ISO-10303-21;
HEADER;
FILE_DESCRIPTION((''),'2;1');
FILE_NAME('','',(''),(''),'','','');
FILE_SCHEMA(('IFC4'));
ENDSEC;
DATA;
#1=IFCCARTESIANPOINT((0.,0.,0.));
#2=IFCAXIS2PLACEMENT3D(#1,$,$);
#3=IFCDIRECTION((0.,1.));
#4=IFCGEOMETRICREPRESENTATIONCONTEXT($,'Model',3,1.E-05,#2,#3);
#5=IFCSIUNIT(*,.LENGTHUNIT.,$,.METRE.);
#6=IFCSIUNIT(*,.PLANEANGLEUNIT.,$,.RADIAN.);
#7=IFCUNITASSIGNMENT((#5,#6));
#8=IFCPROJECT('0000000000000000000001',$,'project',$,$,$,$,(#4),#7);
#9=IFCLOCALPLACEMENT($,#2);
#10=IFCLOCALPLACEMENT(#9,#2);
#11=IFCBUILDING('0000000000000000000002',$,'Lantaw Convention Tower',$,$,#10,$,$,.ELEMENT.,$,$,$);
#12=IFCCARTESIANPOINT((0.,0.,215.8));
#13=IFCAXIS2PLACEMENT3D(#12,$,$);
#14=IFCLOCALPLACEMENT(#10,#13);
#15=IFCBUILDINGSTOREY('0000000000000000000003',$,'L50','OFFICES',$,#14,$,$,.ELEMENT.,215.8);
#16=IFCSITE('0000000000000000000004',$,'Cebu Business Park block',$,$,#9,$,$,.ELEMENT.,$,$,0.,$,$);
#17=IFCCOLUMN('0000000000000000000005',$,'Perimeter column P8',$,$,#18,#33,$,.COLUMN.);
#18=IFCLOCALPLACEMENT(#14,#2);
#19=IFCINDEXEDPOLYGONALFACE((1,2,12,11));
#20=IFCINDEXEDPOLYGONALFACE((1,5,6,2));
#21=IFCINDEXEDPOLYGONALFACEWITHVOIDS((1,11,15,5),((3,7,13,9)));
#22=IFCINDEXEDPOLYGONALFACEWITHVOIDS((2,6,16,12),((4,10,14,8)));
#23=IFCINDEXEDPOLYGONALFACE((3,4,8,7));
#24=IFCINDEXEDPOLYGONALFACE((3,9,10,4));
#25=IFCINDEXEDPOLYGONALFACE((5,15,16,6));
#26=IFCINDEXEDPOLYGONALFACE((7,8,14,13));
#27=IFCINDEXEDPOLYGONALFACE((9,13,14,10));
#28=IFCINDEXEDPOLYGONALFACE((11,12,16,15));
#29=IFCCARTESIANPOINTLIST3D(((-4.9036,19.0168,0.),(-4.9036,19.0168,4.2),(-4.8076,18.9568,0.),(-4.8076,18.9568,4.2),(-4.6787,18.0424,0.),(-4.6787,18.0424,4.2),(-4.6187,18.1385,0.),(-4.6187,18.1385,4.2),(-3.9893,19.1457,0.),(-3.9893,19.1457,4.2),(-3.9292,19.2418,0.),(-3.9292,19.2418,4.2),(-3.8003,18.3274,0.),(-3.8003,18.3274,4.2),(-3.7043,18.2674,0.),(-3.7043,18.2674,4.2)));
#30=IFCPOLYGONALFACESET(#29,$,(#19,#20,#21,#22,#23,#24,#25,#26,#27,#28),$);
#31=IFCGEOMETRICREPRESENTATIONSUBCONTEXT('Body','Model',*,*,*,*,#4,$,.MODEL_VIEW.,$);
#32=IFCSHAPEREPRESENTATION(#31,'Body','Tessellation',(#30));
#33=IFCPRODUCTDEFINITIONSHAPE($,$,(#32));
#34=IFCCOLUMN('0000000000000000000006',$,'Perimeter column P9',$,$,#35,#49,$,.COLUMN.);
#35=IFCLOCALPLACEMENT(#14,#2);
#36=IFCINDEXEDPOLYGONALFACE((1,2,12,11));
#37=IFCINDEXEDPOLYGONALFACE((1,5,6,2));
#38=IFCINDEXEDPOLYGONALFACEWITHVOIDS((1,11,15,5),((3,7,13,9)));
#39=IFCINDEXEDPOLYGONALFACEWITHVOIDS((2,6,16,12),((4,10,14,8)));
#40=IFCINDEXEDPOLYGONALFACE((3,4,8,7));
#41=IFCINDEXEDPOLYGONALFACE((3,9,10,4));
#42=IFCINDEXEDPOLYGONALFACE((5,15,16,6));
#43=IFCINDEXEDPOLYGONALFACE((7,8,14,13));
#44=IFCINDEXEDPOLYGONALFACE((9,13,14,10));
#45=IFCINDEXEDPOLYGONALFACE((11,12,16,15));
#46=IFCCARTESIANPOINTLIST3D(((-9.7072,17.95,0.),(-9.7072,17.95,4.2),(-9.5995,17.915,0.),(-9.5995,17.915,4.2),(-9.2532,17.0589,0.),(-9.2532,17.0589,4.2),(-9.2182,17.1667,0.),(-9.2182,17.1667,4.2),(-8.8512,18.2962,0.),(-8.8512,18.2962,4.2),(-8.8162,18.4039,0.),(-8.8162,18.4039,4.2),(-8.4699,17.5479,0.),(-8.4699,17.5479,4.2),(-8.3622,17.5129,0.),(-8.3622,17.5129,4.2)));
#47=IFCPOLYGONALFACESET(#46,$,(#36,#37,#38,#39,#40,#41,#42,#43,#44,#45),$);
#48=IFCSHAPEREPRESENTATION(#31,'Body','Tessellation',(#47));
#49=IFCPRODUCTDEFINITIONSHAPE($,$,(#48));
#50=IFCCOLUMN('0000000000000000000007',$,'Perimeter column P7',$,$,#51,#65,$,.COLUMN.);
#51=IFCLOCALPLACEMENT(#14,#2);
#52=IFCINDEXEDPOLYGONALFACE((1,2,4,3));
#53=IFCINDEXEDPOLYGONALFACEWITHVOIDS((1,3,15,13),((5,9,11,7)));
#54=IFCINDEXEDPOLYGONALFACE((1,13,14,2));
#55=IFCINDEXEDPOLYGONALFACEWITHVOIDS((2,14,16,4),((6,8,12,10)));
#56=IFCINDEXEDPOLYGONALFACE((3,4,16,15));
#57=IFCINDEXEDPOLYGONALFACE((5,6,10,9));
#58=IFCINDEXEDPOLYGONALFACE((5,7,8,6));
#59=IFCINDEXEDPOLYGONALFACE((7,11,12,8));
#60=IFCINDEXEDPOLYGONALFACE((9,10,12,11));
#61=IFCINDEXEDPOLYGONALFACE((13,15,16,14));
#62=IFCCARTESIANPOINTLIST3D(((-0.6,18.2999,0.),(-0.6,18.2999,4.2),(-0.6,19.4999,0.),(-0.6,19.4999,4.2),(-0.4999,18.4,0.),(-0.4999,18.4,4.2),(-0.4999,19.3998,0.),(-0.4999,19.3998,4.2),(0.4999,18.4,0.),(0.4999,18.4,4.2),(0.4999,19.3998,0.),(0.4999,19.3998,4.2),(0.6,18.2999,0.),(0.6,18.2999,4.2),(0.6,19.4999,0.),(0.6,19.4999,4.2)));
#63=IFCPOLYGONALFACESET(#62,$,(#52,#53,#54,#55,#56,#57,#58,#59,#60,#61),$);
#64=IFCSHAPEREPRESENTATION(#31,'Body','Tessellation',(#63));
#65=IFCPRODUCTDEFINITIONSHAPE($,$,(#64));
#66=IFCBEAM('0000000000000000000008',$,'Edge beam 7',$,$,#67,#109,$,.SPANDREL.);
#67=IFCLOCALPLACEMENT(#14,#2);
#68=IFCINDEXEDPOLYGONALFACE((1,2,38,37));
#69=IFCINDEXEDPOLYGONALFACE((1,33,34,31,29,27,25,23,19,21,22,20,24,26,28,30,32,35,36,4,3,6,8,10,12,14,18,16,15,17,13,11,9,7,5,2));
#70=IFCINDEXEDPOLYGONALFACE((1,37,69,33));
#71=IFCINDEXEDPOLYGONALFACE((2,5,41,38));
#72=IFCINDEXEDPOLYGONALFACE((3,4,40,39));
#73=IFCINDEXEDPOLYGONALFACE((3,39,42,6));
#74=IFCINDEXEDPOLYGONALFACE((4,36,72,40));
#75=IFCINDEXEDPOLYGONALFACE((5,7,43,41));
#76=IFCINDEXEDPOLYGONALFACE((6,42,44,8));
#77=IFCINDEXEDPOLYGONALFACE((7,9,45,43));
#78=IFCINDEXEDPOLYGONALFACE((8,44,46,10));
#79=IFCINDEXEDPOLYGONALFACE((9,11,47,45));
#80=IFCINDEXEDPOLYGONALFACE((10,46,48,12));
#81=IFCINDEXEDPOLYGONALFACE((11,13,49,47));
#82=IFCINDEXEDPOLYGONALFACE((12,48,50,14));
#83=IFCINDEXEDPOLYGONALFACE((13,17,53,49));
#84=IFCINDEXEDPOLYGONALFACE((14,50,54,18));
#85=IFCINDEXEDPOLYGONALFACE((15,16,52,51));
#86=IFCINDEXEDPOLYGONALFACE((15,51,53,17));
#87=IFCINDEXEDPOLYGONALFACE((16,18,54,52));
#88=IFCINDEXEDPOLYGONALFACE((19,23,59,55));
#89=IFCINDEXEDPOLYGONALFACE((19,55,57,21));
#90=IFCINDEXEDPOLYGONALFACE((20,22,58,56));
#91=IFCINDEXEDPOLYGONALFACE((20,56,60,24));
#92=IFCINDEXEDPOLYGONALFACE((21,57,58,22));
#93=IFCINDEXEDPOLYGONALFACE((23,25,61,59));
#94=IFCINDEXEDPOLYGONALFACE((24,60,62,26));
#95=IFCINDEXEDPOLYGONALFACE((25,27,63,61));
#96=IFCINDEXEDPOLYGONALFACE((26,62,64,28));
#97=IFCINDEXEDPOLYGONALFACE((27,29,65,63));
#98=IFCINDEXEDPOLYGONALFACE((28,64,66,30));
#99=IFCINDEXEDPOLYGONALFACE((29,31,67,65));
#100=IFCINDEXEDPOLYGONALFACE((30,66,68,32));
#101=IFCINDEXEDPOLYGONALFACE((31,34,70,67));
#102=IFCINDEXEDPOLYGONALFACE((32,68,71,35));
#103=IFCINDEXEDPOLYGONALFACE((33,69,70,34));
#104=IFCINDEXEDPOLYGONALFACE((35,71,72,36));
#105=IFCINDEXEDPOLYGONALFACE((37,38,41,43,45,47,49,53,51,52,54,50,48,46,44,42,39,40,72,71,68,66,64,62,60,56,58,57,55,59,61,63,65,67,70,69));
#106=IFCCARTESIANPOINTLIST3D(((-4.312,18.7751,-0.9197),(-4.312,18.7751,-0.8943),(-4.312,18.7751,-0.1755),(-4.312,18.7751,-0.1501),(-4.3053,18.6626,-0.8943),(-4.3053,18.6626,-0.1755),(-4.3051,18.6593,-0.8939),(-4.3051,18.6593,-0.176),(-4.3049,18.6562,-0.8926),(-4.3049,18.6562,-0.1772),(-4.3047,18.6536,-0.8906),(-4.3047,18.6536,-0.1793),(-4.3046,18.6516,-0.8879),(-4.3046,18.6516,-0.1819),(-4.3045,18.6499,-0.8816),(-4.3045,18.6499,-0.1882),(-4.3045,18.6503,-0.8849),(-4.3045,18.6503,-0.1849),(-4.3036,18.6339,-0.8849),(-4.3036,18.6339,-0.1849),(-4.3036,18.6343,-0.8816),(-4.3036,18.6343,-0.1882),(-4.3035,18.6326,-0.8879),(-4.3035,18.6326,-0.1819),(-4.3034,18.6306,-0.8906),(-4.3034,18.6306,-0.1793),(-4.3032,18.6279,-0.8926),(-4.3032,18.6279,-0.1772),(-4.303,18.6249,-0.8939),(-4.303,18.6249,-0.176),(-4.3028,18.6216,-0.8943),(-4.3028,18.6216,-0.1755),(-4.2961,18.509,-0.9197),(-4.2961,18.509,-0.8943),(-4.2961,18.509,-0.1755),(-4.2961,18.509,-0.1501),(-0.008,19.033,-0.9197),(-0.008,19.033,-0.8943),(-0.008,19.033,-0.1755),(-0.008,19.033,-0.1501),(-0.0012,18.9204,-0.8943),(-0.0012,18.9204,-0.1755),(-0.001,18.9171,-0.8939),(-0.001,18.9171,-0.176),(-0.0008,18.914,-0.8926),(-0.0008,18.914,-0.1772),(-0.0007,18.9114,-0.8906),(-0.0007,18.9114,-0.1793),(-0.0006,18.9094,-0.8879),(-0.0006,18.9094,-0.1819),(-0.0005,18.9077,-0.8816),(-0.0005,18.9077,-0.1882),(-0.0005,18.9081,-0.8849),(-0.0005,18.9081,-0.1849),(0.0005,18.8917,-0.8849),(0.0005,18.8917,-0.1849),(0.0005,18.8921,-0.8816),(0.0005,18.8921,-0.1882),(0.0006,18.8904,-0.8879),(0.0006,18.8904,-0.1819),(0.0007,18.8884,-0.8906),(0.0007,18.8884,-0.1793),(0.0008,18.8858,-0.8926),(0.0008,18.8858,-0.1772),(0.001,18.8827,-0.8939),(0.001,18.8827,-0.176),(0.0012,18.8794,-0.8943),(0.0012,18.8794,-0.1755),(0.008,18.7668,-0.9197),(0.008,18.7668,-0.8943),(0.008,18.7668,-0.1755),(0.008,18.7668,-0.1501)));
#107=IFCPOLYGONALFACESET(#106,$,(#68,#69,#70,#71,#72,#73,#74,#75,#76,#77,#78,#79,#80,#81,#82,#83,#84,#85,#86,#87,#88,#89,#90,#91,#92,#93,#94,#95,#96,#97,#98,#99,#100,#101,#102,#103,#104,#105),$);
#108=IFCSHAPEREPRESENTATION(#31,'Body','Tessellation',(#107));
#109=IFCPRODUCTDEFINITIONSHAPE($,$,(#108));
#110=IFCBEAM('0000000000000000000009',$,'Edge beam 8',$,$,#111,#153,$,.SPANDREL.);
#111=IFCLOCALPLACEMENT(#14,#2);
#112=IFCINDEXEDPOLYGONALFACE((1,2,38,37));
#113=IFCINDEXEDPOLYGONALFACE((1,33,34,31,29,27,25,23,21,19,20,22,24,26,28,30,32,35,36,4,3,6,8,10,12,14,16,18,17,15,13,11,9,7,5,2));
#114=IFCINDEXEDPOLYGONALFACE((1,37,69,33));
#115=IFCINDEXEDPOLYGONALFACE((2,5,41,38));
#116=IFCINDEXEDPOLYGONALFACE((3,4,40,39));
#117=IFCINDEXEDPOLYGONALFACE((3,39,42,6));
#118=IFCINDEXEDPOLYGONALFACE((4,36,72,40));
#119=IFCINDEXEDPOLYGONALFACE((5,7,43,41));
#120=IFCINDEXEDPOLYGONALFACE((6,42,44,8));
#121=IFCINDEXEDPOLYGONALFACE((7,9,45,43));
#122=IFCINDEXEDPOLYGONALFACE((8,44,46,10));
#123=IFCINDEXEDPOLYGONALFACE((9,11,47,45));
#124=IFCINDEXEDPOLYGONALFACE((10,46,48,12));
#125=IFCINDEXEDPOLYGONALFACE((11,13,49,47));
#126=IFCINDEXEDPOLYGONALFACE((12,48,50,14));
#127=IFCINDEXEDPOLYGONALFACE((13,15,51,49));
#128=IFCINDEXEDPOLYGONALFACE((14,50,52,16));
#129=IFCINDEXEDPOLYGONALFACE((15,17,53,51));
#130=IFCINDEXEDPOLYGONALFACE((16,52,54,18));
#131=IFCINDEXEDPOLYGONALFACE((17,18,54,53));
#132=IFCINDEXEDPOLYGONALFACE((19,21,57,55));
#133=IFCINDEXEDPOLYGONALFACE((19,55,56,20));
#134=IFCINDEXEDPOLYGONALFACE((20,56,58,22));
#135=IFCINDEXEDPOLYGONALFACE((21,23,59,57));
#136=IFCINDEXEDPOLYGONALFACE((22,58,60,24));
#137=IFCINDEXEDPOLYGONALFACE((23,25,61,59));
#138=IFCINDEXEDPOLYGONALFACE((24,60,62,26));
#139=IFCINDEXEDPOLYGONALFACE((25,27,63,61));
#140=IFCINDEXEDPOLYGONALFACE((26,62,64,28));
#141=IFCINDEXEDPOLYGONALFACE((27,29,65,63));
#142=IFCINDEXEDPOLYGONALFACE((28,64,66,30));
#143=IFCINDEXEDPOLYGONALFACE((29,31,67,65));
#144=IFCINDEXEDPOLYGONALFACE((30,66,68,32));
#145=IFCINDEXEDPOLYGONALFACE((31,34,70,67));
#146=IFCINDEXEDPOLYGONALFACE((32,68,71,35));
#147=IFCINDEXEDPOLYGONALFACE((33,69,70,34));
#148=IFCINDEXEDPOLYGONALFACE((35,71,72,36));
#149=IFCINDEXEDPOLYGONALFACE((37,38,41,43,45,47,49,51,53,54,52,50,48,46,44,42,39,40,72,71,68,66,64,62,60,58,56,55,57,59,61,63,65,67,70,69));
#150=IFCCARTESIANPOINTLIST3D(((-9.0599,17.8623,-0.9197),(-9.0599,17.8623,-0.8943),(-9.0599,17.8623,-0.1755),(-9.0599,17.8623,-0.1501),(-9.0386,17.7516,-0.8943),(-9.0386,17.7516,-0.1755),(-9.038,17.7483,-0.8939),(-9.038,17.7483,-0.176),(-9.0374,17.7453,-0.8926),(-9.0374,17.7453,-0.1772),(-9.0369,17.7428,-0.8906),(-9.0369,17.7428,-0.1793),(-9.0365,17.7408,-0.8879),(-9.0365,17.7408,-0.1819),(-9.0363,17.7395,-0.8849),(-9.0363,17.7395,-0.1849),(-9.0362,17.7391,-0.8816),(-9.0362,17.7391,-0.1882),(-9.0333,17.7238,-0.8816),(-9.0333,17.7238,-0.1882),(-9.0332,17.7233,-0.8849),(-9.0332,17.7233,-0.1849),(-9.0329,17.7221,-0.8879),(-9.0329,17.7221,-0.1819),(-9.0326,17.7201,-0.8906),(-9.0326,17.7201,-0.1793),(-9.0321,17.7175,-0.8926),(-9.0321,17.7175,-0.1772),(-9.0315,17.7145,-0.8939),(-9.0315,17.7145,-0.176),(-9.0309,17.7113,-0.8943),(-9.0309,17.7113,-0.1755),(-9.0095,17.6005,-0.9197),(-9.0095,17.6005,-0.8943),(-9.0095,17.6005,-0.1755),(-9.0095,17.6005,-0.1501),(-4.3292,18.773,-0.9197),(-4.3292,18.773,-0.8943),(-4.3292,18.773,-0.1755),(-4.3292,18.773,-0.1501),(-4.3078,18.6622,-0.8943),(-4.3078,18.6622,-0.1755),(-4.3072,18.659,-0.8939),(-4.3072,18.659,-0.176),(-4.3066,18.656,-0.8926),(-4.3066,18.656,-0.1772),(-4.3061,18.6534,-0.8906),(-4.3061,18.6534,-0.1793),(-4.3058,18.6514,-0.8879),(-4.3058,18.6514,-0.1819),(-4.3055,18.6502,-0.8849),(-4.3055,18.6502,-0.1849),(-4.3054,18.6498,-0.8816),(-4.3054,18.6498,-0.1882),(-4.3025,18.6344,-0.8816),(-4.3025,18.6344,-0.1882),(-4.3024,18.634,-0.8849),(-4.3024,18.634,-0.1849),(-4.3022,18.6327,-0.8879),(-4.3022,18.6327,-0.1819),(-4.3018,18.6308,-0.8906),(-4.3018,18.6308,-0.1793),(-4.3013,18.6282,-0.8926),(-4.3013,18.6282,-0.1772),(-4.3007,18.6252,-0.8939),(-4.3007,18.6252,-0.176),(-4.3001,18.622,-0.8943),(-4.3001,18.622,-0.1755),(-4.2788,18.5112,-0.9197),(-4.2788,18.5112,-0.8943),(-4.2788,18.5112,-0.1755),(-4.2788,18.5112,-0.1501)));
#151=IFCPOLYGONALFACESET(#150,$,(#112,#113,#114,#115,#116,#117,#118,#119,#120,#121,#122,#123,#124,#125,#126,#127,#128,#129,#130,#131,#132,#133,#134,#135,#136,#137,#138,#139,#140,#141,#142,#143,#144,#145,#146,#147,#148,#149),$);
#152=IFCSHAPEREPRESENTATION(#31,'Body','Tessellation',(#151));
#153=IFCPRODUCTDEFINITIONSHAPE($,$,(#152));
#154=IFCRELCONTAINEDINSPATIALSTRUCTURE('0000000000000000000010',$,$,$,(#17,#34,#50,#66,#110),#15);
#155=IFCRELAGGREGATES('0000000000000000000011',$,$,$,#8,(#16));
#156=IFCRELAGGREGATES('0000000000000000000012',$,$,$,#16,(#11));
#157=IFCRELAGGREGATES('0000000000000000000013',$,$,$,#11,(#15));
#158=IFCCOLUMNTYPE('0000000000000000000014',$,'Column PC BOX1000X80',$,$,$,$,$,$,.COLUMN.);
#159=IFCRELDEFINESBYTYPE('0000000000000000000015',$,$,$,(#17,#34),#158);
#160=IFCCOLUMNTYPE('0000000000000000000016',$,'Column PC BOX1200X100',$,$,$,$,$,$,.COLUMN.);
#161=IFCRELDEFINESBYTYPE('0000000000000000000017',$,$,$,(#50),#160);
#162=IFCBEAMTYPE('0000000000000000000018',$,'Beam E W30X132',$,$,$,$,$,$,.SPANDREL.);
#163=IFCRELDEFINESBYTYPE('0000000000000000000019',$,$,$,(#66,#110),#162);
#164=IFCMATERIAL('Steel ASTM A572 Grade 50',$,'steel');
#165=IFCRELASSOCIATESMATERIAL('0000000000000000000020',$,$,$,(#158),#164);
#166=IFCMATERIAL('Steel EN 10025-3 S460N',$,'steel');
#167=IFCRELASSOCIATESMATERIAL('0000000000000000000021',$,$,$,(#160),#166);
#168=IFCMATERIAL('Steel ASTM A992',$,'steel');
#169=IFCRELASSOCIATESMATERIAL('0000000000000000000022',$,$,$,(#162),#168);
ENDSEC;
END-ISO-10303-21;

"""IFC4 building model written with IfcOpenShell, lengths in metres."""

from ifc_helpers import new_model, si_unit, direction, frame, origin, origin_2d, place, context, subcontext, project, spatial, rectangle, hollow_rectangle, i_section, extrude, material, material_profile, profile_set, type_object, element, save


model = new_model("IFC4")

# Units and contexts
model_context = context("Model", 3, precision=1e-05, world=origin(), true_north=direction((0.0, 1.0)))
body_context = subcontext(model_context, "Body", "Model", "MODEL_VIEW")
ifc_project = project(units=[si_unit("LENGTHUNIT", "METRE"), si_unit("PLANEANGLEUNIT", "RADIAN")], contexts=[model_context])

# Site, building, storey
site_placement = place(None, origin())
site = spatial("IfcSite", under=ifc_project, at=site_placement, Name="Cebu Business Park block", CompositionType="ELEMENT", RefElevation=0.0)
building_placement = place(site_placement, origin())
building = spatial("IfcBuilding", under=site, at=building_placement, Name="Lantaw Convention Tower", CompositionType="ELEMENT")
storey_placement = place(building_placement, frame((0.0, 0.0, 215.8)))
storey = spatial("IfcBuildingStorey", under=building, at=storey_placement, Name="L50", Description="OFFICES", CompositionType="ELEMENT", Elevation=215.8)

# Columns
ifc_material_1 = material(Name="Steel ASTM A572 Grade 50", Category="steel")
ifc_material_profile_1 = material_profile(ifc_material_1, hollow_rectangle(XDim=1.0, YDim=1.0, WallThickness=0.0801, at=origin_2d()), Name="BOX1000X80")
ifc_material_2 = material(Name="Concrete C60/75", Category="concrete")
ifc_material_profile_2 = material_profile(ifc_material_2, rectangle(XDim=0.8401, YDim=0.8401, at=origin_2d()), Name="Concrete fill of BOX1000X80")
ifc_profile_set_1 = profile_set([ifc_material_profile_1, ifc_material_profile_2], Name="Steel ASTM A572 Grade 50")
column_type_1 = type_object("IfcColumnType", Name="Column PC BOX1000X80", PredefinedType="COLUMN", material=ifc_profile_set_1)
for number, where, z_axis, x_axis, name in (
    (1, (-4.304, 18.6421, 0.0), (0.0, 0.0, 1.0), (0.97437, 0.224951, 0.0), "Perimeter column P8"),
    (2, (-9.0347, 17.7314, 0.0), (0.0, 0.0, 1.0), (0.891007, 0.45399, 0.0), "Perimeter column P9"),
):
    element("IfcColumn", number, at=place(storey_placement, frame(where, z_axis=z_axis, x_axis=x_axis)), inside=storey, type_object=column_type_1, Name=name, PredefinedType="COLUMN", context=body_context, shape_type="SweptSolid", body=[
        extrude(hollow_rectangle(XDim=1.0, YDim=1.0, WallThickness=0.0801, at=origin_2d()), origin(), (0.0, 0.0, 1.0), 4.2),
    ])
ifc_material_3 = material(Name="Steel EN 10025-3 S460N", Category="steel")
ifc_material_profile_3 = material_profile(ifc_material_3, hollow_rectangle(XDim=1.2, YDim=1.2, WallThickness=0.1001, at=origin_2d()), Name="BOX1200X100")
ifc_material_profile_4 = material_profile(ifc_material_2, rectangle(XDim=1.0, YDim=1.0, at=origin_2d()), Name="Concrete fill of BOX1200X100")
ifc_profile_set_2 = profile_set([ifc_material_profile_3, ifc_material_profile_4], Name="Steel EN 10025-3 S460N")
column_type_2 = type_object("IfcColumnType", Name="Column PC BOX1200X100", PredefinedType="COLUMN", material=ifc_profile_set_2)
column_placement = place(storey_placement, frame((0.0, 18.8999, 0.0), z_axis=(0.0, 0.0, 1.0), x_axis=(1.0, 0.0, 0.0)))
element("IfcColumn", 3, at=column_placement, inside=storey, type_object=column_type_2, Name="Perimeter column P7", PredefinedType="COLUMN", context=body_context, shape_type="SweptSolid", body=[
    extrude(hollow_rectangle(XDim=1.2, YDim=1.2, WallThickness=0.1001, at=origin_2d()), origin(), (0.0, 0.0, 1.0), 4.2),
])

# Beams
ifc_material_4 = material(Name="Steel ASTM A992", Category="steel")
ifc_material_profile_5 = material_profile(ifc_material_4, i_section(OverallWidth=0.2666, OverallDepth=0.7695, WebThickness=0.0156, FlangeThickness=0.0254, FilletRadius=0.0127, at=origin_2d()), Name="W30X132")
ifc_profile_set_3 = profile_set([ifc_material_profile_5], Name="Steel ASTM A992")
beam_type_1 = type_object("IfcBeamType", Name="Beam E W30X132", PredefinedType="SPANDREL", material=ifc_profile_set_3)
beam_1_placement = place(storey_placement, frame((0.0, 18.8999, -0.5349), z_axis=(-0.998211, -0.059794, 0.0), x_axis=(0.059794, -0.998211, 0.0)))
element("IfcBeam", 4, at=beam_1_placement, inside=storey, type_object=beam_type_1, Name="Edge beam 7", PredefinedType="SPANDREL", context=body_context, shape_type="SweptSolid", body=[
    extrude(i_section(OverallWidth=0.2666, OverallDepth=0.7695, WebThickness=0.0156, FlangeThickness=0.0254, FilletRadius=0.0127, at=origin_2d()), origin(), (0.0, 0.0, 1.0), 4.3118),
])
beam_2_placement = place(storey_placement, frame((-4.304, 18.6421, -0.5349), z_axis=(-0.981972, -0.189026, 0.0), x_axis=(0.189026, -0.981972, 0.0)))
element("IfcBeam", 5, at=beam_2_placement, inside=storey, type_object=beam_type_1, Name="Edge beam 8", PredefinedType="SPANDREL", context=body_context, shape_type="SweptSolid", body=[
    extrude(i_section(OverallWidth=0.2666, OverallDepth=0.7695, WebThickness=0.0156, FlangeThickness=0.0254, FilletRadius=0.0127, at=origin_2d()), origin(), (0.0, 0.0, 1.0), 4.8176),
])

save(model, "model.ifc")
